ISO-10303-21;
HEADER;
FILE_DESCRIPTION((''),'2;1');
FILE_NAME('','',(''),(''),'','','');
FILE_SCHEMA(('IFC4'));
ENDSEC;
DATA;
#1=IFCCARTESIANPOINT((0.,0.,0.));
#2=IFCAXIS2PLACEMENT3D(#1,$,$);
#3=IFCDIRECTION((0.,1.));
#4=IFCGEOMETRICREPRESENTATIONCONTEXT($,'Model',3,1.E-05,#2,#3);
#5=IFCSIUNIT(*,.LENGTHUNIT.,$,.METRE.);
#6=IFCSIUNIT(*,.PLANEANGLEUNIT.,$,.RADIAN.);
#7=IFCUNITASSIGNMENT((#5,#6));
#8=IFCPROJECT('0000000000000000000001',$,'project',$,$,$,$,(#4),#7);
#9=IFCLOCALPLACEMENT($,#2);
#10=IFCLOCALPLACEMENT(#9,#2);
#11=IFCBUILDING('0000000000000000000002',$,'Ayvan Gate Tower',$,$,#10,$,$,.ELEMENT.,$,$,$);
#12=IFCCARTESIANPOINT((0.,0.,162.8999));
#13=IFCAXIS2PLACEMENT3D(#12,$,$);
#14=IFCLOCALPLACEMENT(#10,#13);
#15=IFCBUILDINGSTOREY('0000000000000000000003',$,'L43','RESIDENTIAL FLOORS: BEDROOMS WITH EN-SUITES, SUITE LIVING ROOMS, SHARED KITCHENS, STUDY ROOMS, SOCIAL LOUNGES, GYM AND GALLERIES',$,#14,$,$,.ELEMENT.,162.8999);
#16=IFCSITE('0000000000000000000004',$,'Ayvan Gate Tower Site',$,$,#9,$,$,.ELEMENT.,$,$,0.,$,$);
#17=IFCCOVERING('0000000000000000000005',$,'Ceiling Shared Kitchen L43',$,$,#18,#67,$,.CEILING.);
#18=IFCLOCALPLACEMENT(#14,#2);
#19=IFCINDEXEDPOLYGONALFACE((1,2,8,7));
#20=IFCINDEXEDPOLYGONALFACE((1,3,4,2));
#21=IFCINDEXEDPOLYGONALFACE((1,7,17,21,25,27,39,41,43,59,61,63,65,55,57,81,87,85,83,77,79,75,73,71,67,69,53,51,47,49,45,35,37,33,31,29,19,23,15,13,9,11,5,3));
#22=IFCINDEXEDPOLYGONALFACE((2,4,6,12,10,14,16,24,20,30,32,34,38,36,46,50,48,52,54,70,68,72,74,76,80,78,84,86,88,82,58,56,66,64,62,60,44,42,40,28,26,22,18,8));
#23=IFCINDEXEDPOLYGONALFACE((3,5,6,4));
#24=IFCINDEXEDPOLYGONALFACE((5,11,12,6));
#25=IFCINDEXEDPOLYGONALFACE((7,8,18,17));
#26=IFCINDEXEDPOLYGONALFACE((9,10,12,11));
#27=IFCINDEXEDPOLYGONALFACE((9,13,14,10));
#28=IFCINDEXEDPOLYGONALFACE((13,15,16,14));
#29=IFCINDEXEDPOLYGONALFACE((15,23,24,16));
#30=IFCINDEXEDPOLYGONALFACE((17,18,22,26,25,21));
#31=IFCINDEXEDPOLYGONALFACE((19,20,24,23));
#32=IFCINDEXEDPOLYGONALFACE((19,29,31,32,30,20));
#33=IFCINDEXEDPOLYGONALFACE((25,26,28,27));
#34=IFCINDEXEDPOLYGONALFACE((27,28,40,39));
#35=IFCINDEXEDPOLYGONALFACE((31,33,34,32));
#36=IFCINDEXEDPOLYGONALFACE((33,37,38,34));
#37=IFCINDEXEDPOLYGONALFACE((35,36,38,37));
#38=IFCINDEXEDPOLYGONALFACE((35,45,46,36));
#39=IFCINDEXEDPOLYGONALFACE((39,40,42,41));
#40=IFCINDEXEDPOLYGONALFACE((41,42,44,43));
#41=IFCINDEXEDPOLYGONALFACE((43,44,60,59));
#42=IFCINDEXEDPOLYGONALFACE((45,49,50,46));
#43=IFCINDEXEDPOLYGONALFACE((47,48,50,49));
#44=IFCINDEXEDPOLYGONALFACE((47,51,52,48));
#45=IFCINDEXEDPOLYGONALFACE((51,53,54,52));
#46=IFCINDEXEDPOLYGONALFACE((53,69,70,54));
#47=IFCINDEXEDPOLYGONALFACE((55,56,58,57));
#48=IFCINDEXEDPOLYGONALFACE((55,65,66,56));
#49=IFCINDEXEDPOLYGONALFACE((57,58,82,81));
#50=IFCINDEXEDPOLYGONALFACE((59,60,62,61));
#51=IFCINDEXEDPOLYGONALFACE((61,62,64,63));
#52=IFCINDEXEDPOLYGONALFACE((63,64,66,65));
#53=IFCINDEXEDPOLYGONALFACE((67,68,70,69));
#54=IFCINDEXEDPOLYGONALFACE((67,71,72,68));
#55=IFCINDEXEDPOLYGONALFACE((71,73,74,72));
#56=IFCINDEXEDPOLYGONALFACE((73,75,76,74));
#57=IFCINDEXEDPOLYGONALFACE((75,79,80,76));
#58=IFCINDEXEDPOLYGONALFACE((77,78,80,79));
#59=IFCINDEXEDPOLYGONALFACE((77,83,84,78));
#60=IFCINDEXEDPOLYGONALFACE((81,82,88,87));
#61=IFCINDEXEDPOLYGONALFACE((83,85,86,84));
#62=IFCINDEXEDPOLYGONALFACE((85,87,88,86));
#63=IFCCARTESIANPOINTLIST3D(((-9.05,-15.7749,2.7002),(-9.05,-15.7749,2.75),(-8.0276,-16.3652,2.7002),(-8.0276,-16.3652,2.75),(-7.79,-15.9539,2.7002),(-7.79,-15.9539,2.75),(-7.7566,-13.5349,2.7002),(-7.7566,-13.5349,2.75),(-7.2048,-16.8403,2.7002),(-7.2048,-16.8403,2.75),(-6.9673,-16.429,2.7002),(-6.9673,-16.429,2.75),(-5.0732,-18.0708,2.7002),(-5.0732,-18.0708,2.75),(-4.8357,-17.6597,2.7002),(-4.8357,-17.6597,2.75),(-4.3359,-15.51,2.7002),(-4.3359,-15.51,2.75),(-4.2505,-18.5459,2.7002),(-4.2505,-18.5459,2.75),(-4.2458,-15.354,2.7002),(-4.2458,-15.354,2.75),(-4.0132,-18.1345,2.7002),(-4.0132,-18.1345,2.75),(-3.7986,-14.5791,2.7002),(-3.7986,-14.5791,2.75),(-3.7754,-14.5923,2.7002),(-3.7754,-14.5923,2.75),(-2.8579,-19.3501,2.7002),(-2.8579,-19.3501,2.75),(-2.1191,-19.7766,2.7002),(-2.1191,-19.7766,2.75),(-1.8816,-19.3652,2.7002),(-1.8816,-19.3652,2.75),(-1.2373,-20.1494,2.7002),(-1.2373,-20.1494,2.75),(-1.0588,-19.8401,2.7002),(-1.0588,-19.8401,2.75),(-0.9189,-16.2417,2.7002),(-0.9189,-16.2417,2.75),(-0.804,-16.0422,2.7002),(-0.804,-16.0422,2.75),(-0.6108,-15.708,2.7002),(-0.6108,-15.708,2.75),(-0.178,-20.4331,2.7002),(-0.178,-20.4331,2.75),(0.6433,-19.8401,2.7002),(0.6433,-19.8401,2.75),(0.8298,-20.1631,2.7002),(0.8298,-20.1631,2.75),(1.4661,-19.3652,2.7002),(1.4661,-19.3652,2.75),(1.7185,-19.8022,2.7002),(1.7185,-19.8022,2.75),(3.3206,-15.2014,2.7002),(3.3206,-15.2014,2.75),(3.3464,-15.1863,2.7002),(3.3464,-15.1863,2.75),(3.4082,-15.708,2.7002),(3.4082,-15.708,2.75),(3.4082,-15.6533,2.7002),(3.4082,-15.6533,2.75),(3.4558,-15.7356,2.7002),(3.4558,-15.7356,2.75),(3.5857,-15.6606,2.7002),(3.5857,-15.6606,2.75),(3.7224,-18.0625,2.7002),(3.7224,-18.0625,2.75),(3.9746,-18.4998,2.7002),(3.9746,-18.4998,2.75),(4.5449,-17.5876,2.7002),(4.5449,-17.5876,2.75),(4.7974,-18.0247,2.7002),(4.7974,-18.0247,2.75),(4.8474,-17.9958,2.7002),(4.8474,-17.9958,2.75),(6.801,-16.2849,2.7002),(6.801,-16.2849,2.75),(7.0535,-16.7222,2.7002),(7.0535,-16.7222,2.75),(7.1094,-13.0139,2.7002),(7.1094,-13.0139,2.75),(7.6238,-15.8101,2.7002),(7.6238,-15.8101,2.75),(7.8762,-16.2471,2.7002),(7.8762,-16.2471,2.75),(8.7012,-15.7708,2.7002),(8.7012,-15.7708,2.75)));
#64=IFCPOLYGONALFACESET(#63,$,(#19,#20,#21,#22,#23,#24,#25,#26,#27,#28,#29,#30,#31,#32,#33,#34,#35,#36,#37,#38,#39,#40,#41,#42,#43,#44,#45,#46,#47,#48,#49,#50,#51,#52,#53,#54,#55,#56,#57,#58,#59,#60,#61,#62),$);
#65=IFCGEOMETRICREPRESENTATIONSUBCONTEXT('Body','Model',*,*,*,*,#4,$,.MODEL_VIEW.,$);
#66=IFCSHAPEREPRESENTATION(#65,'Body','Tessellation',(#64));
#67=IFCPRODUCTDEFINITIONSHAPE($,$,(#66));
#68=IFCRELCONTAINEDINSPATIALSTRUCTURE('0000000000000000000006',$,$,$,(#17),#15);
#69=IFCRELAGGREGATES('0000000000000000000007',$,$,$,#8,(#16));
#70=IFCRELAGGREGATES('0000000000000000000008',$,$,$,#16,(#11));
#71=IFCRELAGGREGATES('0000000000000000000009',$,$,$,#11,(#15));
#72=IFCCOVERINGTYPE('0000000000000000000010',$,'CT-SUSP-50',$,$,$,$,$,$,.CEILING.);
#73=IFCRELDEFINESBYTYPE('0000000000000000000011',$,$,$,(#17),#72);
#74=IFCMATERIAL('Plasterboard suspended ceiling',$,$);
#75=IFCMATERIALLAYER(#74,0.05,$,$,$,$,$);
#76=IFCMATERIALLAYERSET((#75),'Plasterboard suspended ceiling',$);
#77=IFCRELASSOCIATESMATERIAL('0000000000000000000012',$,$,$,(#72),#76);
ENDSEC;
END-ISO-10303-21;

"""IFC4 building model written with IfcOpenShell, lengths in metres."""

from ifc_helpers import new_model, si_unit, direction, frame, origin, place, context, subcontext, project, spatial, polyline, outline, extrude, material, layer, layer_set, type_object, element, save


model = new_model("IFC4")

# Units and contexts
model_context = context("Model", 3, precision=1e-05, world=origin(), true_north=direction((0.0, 1.0)))
body_context = subcontext(model_context, "Body", "Model", "MODEL_VIEW")
ifc_project = project(units=[si_unit("LENGTHUNIT", "METRE"), si_unit("PLANEANGLEUNIT", "RADIAN")], contexts=[model_context])

# Site, building, storey
site_placement = place(None, origin())
site = spatial("IfcSite", under=ifc_project, at=site_placement, Name="Ayvan Gate Tower Site", CompositionType="ELEMENT", RefElevation=0.0)
building_placement = place(site_placement, origin())
building = spatial("IfcBuilding", under=site, at=building_placement, Name="Ayvan Gate Tower", CompositionType="ELEMENT")
storey_placement = place(building_placement, frame((0.0, 0.0, 162.8999)))
storey = spatial("IfcBuildingStorey", under=building, at=storey_placement, Name="L43", Description="RESIDENTIAL FLOORS: BEDROOMS WITH EN-SUITES, SUITE LIVING ROOMS, SHARED KITCHENS, STUDY ROOMS, SOCIAL LOUNGES, GYM AND GALLERIES", CompositionType="ELEMENT", Elevation=162.8999)

# Covering
ifc_material_1 = material(Name="Plasterboard suspended ceiling")
ifc_layer_1 = layer(ifc_material_1, 0.05)
ifc_layer_set_1 = layer_set([ifc_layer_1], Name="Plasterboard suspended ceiling")
covering_type = type_object("IfcCoveringType", Name="CT-SUSP-50", PredefinedType="CEILING", material=ifc_layer_set_1)
covering_1_placement = place(storey_placement, frame((0.0, 0.0, 2.7002)))
element("IfcCovering", 1, at=covering_1_placement, inside=storey, type_object=covering_type, Name="Ceiling Shared Kitchen L43", PredefinedType="CEILING", context=body_context, shape_type="SweptSolid", body=[
    extrude(outline(polyline([(-4.3359, -15.51), (-4.2458, -15.354), (-3.7986, -14.5791), (-3.7754, -14.5923), (-0.9189, -16.2417), (-0.804, -16.0422), (-0.6108, -15.708), (3.4082, -15.708), (3.4082, -15.6533), (3.4558, -15.7356), (3.5857, -15.6606), (3.3206, -15.2014), (3.3464, -15.1863), (7.1094, -13.0139), (8.7012, -15.7708), (7.8762, -16.2471), (7.6238, -15.8101), (6.801, -16.2849), (7.0535, -16.7222), (4.8474, -17.9958), (4.7974, -18.0247), (4.5449, -17.5876), (3.7224, -18.0625), (3.9746, -18.4998), (1.7185, -19.8022), (1.4661, -19.3652), (0.6433, -19.8401), (0.8298, -20.1631), (-0.178, -20.4331), (-1.2373, -20.1494), (-1.0588, -19.8401), (-1.8816, -19.3652), (-2.1191, -19.7766), (-2.8579, -19.3501), (-4.2505, -18.5459), (-4.0132, -18.1345), (-4.8357, -17.6597), (-5.0732, -18.0708), (-7.2048, -16.8403), (-6.9673, -16.429), (-7.79, -15.9539), (-8.0276, -16.3652), (-9.05, -15.7749), (-7.7566, -13.5349), (-4.3359, -15.51)])), origin(), (0.0, 0.0, 1.0), 0.0498),
])

save(model, "model.ifc")
